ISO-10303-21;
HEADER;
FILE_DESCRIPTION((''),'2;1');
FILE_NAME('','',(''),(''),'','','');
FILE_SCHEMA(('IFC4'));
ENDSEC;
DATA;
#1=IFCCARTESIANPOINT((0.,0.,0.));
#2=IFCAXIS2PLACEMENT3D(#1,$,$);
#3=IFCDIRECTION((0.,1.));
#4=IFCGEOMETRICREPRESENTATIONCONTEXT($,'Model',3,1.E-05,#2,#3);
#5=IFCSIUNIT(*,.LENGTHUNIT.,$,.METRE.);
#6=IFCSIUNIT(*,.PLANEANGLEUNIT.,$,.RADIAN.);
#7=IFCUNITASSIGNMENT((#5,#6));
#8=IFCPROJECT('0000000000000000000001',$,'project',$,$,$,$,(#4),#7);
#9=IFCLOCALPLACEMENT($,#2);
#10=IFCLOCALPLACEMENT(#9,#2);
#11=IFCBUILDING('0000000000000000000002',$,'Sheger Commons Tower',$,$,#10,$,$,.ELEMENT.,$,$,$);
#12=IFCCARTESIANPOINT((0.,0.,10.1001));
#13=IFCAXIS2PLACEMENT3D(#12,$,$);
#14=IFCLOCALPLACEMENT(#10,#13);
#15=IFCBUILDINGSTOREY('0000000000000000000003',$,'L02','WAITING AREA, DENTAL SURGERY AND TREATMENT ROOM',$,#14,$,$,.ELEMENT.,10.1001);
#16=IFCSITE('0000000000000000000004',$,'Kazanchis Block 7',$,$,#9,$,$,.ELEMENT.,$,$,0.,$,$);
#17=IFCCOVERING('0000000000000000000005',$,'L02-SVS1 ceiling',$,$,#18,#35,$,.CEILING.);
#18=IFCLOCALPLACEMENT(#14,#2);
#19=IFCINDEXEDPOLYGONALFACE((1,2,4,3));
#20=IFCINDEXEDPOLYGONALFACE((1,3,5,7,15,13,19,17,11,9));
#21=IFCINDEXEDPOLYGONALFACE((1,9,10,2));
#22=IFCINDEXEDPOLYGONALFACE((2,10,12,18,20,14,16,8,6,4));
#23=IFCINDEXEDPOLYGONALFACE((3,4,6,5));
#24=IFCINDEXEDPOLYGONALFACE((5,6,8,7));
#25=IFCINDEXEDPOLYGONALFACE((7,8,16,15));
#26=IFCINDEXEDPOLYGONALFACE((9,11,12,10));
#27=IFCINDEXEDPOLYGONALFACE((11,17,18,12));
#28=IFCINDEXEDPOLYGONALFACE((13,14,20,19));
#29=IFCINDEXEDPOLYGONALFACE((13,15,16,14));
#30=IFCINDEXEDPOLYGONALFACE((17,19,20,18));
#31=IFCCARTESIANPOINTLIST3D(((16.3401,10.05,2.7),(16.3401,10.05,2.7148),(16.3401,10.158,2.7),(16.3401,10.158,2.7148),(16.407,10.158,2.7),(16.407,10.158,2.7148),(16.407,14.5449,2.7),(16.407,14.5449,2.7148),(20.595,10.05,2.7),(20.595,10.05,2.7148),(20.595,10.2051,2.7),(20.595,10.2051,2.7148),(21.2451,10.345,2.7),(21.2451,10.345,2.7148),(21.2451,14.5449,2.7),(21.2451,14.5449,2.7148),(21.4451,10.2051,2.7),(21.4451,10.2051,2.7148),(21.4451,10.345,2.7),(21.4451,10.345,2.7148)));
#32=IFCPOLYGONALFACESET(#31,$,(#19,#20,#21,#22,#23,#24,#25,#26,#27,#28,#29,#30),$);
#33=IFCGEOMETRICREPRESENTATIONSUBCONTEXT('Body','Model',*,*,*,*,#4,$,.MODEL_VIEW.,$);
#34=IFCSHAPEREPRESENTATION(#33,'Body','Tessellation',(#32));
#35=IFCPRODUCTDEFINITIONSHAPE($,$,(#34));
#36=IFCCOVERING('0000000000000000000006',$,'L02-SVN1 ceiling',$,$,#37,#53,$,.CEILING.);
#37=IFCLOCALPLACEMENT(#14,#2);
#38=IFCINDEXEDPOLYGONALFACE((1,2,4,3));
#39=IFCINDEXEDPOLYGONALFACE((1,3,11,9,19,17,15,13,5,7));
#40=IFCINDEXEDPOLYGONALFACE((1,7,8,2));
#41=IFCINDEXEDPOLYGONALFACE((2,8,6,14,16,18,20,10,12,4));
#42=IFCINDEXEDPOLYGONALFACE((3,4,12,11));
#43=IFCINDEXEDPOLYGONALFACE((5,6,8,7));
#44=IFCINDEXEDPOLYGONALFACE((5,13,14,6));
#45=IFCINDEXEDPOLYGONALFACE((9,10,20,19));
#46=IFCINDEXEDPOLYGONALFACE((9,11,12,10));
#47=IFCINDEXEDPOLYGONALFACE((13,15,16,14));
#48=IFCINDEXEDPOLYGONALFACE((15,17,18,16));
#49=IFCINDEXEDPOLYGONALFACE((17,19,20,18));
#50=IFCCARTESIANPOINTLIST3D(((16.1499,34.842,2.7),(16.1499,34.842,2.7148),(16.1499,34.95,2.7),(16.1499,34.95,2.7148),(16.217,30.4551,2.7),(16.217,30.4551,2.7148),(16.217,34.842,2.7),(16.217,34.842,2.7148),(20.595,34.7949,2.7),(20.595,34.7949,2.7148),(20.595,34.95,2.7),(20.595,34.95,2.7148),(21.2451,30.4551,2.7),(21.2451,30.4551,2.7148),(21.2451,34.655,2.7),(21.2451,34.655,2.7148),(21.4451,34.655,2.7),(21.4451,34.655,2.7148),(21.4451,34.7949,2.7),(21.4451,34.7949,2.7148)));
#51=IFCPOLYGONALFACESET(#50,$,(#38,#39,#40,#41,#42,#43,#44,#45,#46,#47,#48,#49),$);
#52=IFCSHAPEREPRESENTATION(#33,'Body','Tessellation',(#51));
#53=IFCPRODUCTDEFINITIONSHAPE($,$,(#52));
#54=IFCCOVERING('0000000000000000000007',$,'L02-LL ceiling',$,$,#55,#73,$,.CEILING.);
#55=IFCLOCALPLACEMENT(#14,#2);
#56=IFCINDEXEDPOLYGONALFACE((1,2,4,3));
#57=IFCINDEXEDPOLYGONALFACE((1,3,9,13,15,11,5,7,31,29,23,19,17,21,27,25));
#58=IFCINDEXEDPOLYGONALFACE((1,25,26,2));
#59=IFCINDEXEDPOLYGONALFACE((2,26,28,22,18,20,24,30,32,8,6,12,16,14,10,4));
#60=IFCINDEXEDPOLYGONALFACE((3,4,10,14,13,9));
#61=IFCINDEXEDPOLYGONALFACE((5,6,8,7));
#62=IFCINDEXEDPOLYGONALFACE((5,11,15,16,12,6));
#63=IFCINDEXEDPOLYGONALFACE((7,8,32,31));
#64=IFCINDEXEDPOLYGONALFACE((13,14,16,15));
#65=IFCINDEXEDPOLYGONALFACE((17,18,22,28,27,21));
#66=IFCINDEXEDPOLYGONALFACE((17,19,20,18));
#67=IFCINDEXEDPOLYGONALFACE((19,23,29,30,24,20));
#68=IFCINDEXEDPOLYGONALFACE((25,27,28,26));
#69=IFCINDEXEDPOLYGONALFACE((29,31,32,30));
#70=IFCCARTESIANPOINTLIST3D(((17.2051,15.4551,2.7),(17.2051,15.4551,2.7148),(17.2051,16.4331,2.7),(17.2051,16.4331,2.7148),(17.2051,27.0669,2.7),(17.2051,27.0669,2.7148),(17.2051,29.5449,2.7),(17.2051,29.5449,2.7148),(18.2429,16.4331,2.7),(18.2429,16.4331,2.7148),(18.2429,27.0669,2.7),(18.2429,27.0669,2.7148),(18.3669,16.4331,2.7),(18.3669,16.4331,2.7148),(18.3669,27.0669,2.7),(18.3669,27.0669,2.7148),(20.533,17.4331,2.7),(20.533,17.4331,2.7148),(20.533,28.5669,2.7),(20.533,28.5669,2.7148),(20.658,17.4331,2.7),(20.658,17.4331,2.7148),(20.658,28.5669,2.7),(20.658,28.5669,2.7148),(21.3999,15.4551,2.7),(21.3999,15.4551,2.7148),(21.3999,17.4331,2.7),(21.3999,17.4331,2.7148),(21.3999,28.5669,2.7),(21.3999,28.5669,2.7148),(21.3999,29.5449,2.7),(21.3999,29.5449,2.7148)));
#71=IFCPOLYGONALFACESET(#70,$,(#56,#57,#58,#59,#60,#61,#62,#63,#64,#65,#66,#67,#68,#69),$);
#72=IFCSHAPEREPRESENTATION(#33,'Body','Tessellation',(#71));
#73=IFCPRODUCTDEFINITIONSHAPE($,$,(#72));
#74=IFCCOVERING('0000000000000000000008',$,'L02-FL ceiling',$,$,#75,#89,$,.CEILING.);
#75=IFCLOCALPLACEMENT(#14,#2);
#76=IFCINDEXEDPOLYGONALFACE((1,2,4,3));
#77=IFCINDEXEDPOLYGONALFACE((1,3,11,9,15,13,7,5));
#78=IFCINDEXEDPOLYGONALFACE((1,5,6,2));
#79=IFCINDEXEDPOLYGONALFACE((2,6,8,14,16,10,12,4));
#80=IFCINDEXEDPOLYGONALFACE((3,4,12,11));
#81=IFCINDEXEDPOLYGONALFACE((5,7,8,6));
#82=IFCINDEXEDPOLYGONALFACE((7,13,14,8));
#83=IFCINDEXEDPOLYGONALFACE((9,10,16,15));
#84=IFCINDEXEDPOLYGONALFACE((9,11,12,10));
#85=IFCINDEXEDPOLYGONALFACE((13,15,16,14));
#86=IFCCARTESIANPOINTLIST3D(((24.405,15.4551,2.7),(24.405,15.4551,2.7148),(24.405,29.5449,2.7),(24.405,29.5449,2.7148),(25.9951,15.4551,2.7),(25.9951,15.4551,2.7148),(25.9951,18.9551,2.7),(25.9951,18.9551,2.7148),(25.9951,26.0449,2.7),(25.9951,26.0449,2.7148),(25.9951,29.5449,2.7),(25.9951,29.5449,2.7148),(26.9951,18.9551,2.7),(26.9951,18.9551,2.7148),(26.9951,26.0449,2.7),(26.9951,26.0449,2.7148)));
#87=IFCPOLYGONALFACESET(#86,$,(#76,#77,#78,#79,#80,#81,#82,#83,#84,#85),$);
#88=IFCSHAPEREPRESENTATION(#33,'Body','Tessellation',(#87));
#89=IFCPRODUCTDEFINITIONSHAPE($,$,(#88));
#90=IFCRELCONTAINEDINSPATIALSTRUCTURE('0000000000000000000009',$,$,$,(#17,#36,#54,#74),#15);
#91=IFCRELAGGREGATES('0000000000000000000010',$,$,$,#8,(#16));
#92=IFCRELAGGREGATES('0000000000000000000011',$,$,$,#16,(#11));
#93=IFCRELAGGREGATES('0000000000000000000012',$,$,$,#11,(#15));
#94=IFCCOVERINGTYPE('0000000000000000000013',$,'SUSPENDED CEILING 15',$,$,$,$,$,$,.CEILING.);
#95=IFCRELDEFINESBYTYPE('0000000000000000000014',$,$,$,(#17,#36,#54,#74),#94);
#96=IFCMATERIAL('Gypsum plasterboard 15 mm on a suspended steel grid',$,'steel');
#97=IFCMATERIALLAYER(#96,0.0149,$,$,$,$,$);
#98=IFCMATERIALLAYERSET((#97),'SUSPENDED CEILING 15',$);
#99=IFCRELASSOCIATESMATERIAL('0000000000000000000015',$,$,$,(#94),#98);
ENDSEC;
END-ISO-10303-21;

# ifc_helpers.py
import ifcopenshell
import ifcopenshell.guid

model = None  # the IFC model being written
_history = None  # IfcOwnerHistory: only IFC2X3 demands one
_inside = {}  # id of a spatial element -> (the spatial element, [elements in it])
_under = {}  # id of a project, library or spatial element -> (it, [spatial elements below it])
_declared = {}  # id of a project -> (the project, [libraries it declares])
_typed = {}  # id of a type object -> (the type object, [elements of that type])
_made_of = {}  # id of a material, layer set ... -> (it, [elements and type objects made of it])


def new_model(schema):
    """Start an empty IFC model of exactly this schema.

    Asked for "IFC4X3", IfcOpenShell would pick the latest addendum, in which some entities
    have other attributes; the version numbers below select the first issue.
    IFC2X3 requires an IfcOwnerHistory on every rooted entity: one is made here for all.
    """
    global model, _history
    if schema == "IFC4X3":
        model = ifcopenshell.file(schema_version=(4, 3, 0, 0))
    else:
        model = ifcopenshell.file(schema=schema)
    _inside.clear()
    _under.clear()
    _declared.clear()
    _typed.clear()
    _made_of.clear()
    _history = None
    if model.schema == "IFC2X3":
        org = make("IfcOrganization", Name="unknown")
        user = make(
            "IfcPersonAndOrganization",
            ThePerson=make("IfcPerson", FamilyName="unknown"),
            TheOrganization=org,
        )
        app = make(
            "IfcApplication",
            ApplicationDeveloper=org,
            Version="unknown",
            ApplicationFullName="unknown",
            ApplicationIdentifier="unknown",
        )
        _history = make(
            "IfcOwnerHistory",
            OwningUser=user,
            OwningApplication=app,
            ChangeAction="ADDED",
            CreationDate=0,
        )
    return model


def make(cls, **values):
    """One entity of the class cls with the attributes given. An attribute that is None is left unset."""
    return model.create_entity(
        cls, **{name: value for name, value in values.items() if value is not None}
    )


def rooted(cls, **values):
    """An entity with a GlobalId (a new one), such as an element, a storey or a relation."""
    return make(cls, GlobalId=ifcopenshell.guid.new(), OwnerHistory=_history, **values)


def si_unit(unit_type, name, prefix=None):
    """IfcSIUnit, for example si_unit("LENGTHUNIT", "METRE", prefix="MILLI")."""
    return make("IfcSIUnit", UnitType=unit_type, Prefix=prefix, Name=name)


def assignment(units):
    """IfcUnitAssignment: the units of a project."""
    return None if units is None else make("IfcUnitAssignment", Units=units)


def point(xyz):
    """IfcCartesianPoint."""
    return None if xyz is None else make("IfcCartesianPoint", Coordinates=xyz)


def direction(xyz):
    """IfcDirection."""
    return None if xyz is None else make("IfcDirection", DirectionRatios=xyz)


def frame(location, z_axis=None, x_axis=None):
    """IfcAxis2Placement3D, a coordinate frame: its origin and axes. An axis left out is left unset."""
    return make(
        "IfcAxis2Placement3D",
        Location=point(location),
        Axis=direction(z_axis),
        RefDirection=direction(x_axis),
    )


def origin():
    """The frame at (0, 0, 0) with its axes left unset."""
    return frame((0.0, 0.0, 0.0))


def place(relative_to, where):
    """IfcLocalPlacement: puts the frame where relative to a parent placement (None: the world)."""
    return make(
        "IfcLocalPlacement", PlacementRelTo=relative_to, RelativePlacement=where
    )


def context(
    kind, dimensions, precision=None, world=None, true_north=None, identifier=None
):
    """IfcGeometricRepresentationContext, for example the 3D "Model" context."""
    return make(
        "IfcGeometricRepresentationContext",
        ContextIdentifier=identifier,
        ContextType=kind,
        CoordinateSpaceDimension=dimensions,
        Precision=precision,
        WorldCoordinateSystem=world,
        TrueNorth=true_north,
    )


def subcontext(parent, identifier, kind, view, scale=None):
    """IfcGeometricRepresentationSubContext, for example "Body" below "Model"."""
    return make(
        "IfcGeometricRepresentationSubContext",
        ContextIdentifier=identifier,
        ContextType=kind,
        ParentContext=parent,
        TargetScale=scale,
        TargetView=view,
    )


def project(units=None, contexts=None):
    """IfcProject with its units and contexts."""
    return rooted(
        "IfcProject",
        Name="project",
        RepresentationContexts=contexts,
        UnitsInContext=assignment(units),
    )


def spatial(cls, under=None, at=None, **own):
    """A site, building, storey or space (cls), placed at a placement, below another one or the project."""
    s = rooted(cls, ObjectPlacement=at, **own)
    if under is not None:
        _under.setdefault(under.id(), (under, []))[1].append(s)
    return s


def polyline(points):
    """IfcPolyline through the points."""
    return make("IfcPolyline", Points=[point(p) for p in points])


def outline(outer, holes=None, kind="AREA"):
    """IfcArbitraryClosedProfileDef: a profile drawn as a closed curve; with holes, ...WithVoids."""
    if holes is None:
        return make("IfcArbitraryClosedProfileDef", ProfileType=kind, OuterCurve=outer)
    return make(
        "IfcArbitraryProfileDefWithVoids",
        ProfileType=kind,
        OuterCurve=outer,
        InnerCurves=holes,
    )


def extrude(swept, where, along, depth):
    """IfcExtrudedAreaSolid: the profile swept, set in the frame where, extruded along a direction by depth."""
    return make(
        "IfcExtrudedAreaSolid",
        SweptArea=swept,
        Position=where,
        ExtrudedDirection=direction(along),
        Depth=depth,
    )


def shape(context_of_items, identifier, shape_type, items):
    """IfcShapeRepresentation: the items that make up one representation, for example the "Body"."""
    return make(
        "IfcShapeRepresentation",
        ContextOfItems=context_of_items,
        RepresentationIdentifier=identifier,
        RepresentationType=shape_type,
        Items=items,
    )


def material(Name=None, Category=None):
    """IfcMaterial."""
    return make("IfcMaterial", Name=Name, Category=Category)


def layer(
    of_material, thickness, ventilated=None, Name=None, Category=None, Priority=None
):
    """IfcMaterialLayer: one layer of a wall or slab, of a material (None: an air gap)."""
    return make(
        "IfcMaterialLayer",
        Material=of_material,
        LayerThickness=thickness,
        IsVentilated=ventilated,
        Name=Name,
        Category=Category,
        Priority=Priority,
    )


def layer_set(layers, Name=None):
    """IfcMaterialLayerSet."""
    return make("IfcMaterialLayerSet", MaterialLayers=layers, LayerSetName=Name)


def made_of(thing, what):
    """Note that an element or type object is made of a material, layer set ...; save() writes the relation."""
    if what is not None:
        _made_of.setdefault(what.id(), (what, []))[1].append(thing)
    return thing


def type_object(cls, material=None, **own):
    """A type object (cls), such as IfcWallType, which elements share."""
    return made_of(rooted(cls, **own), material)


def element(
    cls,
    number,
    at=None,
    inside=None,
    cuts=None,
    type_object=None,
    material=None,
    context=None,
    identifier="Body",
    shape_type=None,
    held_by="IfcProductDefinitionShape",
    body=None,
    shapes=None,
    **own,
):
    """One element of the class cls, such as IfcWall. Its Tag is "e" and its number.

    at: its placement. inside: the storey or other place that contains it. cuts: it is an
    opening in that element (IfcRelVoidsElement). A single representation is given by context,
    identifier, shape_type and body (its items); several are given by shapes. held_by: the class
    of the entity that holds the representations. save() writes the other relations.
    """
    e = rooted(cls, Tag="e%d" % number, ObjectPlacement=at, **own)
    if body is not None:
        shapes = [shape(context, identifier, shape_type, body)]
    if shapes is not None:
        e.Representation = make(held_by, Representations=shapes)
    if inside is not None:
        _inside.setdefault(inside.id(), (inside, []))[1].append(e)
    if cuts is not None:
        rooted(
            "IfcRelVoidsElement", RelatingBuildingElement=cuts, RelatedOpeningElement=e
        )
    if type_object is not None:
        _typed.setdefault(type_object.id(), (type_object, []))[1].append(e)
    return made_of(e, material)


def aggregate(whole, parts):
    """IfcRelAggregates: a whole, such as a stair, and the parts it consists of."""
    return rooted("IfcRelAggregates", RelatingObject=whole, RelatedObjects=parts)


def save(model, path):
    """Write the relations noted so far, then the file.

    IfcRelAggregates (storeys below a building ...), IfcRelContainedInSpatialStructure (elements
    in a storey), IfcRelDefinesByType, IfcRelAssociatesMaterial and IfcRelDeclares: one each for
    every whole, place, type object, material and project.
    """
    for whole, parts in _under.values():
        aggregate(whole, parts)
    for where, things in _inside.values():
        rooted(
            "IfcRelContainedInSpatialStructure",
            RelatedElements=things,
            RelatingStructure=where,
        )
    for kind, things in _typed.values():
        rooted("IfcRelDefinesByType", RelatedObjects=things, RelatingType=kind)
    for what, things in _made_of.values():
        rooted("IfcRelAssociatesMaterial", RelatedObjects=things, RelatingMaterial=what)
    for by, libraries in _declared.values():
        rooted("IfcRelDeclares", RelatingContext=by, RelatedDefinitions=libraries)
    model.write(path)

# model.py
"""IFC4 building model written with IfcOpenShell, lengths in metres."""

from ifc_helpers import new_model, si_unit, direction, frame, origin, place, context, subcontext, project, spatial, polyline, outline, extrude, material, layer, layer_set, type_object, element, save


model = new_model("IFC4")

# Units and contexts
model_context = context("Model", 3, precision=1e-05, world=origin(), true_north=direction((0.0, 1.0)))
body_context = subcontext(model_context, "Body", "Model", "MODEL_VIEW")
ifc_project = project(units=[si_unit("LENGTHUNIT", "METRE"), si_unit("PLANEANGLEUNIT", "RADIAN")], contexts=[model_context])

# Site, building, storey
site_placement = place(None, origin())
site = spatial("IfcSite", under=ifc_project, at=site_placement, Name="Kazanchis Block 7", CompositionType="ELEMENT", RefElevation=0.0)
building_placement = place(site_placement, origin())
building = spatial("IfcBuilding", under=site, at=building_placement, Name="Sheger Commons Tower", CompositionType="ELEMENT")
storey_placement = place(building_placement, frame((0.0, 0.0, 10.1001)))
storey = spatial("IfcBuildingStorey", under=building, at=storey_placement, Name="L02", Description="WAITING AREA, DENTAL SURGERY AND TREATMENT ROOM", CompositionType="ELEMENT", Elevation=10.1001)

# Coverings
ifc_material_1 = material(Name="Gypsum plasterboard 15 mm on a suspended steel grid", Category="steel")
ifc_layer_1 = layer(ifc_material_1, 0.0149)
ifc_layer_set_1 = layer_set([ifc_layer_1], Name="SUSPENDED CEILING 15")
covering_type_1 = type_object("IfcCoveringType", Name="SUSPENDED CEILING 15", PredefinedType="CEILING", material=ifc_layer_set_1)
covering_1_placement = place(storey_placement, frame((0.0, 0.0, 2.7)))
element("IfcCovering", 1, at=covering_1_placement, inside=storey, type_object=covering_type_1, Name="L02-SVS1 ceiling", PredefinedType="CEILING", context=body_context, shape_type="SweptSolid", body=[
    extrude(outline(polyline([(16.3401, 10.05), (20.595, 10.05), (20.595, 10.2051), (21.4451, 10.2051), (21.4451, 10.345), (21.2451, 10.345), (21.2451, 14.5449), (16.407, 14.5449), (16.407, 10.158), (16.3401, 10.158), (16.3401, 10.05)])), origin(), (0.0, 0.0, 1.0), 0.0149),
])
covering_2_placement = place(storey_placement, frame((0.0, 0.0, 2.7)))
element("IfcCovering", 2, at=covering_2_placement, inside=storey, type_object=covering_type_1, Name="L02-SVN1 ceiling", PredefinedType="CEILING", context=body_context, shape_type="SweptSolid", body=[
    extrude(outline(polyline([(16.217, 30.4551), (21.2451, 30.4551), (21.2451, 34.655), (21.4451, 34.655), (21.4451, 34.7949), (20.595, 34.7949), (20.595, 34.95), (16.1499, 34.95), (16.1499, 34.842), (16.217, 34.842), (16.217, 30.4551)])), origin(), (0.0, 0.0, 1.0), 0.0149),
])
covering_3_placement = place(storey_placement, frame((0.0, 0.0, 2.7)))
element("IfcCovering", 3, at=covering_3_placement, inside=storey, type_object=covering_type_1, Name="L02-LL ceiling", PredefinedType="CEILING", context=body_context, shape_type="SweptSolid", body=[
    extrude(outline(polyline([(17.2051, 15.4551), (21.3999, 15.4551), (21.3999, 17.4331), (20.658, 17.4331), (20.533, 17.4331), (20.533, 28.5669), (20.658, 28.5669), (21.3999, 28.5669), (21.3999, 29.5449), (17.2051, 29.5449), (17.2051, 27.0669), (18.2429, 27.0669), (18.3669, 27.0669), (18.3669, 16.4331), (18.2429, 16.4331), (17.2051, 16.4331), (17.2051, 15.4551)])), origin(), (0.0, 0.0, 1.0), 0.0149),
])
covering_4_placement = place(storey_placement, frame((0.0, 0.0, 2.7)))
element("IfcCovering", 4, at=covering_4_placement, inside=storey, type_object=covering_type_1, Name="L02-FL ceiling", PredefinedType="CEILING", context=body_context, shape_type="SweptSolid", body=[
    extrude(outline(polyline([(24.405, 15.4551), (25.9951, 15.4551), (25.9951, 18.9551), (26.9951, 18.9551), (26.9951, 26.0449), (25.9951, 26.0449), (25.9951, 29.5449), (24.405, 29.5449), (24.405, 15.4551)])), origin(), (0.0, 0.0, 1.0), 0.0149),
])

save(model, "model.ifc")
